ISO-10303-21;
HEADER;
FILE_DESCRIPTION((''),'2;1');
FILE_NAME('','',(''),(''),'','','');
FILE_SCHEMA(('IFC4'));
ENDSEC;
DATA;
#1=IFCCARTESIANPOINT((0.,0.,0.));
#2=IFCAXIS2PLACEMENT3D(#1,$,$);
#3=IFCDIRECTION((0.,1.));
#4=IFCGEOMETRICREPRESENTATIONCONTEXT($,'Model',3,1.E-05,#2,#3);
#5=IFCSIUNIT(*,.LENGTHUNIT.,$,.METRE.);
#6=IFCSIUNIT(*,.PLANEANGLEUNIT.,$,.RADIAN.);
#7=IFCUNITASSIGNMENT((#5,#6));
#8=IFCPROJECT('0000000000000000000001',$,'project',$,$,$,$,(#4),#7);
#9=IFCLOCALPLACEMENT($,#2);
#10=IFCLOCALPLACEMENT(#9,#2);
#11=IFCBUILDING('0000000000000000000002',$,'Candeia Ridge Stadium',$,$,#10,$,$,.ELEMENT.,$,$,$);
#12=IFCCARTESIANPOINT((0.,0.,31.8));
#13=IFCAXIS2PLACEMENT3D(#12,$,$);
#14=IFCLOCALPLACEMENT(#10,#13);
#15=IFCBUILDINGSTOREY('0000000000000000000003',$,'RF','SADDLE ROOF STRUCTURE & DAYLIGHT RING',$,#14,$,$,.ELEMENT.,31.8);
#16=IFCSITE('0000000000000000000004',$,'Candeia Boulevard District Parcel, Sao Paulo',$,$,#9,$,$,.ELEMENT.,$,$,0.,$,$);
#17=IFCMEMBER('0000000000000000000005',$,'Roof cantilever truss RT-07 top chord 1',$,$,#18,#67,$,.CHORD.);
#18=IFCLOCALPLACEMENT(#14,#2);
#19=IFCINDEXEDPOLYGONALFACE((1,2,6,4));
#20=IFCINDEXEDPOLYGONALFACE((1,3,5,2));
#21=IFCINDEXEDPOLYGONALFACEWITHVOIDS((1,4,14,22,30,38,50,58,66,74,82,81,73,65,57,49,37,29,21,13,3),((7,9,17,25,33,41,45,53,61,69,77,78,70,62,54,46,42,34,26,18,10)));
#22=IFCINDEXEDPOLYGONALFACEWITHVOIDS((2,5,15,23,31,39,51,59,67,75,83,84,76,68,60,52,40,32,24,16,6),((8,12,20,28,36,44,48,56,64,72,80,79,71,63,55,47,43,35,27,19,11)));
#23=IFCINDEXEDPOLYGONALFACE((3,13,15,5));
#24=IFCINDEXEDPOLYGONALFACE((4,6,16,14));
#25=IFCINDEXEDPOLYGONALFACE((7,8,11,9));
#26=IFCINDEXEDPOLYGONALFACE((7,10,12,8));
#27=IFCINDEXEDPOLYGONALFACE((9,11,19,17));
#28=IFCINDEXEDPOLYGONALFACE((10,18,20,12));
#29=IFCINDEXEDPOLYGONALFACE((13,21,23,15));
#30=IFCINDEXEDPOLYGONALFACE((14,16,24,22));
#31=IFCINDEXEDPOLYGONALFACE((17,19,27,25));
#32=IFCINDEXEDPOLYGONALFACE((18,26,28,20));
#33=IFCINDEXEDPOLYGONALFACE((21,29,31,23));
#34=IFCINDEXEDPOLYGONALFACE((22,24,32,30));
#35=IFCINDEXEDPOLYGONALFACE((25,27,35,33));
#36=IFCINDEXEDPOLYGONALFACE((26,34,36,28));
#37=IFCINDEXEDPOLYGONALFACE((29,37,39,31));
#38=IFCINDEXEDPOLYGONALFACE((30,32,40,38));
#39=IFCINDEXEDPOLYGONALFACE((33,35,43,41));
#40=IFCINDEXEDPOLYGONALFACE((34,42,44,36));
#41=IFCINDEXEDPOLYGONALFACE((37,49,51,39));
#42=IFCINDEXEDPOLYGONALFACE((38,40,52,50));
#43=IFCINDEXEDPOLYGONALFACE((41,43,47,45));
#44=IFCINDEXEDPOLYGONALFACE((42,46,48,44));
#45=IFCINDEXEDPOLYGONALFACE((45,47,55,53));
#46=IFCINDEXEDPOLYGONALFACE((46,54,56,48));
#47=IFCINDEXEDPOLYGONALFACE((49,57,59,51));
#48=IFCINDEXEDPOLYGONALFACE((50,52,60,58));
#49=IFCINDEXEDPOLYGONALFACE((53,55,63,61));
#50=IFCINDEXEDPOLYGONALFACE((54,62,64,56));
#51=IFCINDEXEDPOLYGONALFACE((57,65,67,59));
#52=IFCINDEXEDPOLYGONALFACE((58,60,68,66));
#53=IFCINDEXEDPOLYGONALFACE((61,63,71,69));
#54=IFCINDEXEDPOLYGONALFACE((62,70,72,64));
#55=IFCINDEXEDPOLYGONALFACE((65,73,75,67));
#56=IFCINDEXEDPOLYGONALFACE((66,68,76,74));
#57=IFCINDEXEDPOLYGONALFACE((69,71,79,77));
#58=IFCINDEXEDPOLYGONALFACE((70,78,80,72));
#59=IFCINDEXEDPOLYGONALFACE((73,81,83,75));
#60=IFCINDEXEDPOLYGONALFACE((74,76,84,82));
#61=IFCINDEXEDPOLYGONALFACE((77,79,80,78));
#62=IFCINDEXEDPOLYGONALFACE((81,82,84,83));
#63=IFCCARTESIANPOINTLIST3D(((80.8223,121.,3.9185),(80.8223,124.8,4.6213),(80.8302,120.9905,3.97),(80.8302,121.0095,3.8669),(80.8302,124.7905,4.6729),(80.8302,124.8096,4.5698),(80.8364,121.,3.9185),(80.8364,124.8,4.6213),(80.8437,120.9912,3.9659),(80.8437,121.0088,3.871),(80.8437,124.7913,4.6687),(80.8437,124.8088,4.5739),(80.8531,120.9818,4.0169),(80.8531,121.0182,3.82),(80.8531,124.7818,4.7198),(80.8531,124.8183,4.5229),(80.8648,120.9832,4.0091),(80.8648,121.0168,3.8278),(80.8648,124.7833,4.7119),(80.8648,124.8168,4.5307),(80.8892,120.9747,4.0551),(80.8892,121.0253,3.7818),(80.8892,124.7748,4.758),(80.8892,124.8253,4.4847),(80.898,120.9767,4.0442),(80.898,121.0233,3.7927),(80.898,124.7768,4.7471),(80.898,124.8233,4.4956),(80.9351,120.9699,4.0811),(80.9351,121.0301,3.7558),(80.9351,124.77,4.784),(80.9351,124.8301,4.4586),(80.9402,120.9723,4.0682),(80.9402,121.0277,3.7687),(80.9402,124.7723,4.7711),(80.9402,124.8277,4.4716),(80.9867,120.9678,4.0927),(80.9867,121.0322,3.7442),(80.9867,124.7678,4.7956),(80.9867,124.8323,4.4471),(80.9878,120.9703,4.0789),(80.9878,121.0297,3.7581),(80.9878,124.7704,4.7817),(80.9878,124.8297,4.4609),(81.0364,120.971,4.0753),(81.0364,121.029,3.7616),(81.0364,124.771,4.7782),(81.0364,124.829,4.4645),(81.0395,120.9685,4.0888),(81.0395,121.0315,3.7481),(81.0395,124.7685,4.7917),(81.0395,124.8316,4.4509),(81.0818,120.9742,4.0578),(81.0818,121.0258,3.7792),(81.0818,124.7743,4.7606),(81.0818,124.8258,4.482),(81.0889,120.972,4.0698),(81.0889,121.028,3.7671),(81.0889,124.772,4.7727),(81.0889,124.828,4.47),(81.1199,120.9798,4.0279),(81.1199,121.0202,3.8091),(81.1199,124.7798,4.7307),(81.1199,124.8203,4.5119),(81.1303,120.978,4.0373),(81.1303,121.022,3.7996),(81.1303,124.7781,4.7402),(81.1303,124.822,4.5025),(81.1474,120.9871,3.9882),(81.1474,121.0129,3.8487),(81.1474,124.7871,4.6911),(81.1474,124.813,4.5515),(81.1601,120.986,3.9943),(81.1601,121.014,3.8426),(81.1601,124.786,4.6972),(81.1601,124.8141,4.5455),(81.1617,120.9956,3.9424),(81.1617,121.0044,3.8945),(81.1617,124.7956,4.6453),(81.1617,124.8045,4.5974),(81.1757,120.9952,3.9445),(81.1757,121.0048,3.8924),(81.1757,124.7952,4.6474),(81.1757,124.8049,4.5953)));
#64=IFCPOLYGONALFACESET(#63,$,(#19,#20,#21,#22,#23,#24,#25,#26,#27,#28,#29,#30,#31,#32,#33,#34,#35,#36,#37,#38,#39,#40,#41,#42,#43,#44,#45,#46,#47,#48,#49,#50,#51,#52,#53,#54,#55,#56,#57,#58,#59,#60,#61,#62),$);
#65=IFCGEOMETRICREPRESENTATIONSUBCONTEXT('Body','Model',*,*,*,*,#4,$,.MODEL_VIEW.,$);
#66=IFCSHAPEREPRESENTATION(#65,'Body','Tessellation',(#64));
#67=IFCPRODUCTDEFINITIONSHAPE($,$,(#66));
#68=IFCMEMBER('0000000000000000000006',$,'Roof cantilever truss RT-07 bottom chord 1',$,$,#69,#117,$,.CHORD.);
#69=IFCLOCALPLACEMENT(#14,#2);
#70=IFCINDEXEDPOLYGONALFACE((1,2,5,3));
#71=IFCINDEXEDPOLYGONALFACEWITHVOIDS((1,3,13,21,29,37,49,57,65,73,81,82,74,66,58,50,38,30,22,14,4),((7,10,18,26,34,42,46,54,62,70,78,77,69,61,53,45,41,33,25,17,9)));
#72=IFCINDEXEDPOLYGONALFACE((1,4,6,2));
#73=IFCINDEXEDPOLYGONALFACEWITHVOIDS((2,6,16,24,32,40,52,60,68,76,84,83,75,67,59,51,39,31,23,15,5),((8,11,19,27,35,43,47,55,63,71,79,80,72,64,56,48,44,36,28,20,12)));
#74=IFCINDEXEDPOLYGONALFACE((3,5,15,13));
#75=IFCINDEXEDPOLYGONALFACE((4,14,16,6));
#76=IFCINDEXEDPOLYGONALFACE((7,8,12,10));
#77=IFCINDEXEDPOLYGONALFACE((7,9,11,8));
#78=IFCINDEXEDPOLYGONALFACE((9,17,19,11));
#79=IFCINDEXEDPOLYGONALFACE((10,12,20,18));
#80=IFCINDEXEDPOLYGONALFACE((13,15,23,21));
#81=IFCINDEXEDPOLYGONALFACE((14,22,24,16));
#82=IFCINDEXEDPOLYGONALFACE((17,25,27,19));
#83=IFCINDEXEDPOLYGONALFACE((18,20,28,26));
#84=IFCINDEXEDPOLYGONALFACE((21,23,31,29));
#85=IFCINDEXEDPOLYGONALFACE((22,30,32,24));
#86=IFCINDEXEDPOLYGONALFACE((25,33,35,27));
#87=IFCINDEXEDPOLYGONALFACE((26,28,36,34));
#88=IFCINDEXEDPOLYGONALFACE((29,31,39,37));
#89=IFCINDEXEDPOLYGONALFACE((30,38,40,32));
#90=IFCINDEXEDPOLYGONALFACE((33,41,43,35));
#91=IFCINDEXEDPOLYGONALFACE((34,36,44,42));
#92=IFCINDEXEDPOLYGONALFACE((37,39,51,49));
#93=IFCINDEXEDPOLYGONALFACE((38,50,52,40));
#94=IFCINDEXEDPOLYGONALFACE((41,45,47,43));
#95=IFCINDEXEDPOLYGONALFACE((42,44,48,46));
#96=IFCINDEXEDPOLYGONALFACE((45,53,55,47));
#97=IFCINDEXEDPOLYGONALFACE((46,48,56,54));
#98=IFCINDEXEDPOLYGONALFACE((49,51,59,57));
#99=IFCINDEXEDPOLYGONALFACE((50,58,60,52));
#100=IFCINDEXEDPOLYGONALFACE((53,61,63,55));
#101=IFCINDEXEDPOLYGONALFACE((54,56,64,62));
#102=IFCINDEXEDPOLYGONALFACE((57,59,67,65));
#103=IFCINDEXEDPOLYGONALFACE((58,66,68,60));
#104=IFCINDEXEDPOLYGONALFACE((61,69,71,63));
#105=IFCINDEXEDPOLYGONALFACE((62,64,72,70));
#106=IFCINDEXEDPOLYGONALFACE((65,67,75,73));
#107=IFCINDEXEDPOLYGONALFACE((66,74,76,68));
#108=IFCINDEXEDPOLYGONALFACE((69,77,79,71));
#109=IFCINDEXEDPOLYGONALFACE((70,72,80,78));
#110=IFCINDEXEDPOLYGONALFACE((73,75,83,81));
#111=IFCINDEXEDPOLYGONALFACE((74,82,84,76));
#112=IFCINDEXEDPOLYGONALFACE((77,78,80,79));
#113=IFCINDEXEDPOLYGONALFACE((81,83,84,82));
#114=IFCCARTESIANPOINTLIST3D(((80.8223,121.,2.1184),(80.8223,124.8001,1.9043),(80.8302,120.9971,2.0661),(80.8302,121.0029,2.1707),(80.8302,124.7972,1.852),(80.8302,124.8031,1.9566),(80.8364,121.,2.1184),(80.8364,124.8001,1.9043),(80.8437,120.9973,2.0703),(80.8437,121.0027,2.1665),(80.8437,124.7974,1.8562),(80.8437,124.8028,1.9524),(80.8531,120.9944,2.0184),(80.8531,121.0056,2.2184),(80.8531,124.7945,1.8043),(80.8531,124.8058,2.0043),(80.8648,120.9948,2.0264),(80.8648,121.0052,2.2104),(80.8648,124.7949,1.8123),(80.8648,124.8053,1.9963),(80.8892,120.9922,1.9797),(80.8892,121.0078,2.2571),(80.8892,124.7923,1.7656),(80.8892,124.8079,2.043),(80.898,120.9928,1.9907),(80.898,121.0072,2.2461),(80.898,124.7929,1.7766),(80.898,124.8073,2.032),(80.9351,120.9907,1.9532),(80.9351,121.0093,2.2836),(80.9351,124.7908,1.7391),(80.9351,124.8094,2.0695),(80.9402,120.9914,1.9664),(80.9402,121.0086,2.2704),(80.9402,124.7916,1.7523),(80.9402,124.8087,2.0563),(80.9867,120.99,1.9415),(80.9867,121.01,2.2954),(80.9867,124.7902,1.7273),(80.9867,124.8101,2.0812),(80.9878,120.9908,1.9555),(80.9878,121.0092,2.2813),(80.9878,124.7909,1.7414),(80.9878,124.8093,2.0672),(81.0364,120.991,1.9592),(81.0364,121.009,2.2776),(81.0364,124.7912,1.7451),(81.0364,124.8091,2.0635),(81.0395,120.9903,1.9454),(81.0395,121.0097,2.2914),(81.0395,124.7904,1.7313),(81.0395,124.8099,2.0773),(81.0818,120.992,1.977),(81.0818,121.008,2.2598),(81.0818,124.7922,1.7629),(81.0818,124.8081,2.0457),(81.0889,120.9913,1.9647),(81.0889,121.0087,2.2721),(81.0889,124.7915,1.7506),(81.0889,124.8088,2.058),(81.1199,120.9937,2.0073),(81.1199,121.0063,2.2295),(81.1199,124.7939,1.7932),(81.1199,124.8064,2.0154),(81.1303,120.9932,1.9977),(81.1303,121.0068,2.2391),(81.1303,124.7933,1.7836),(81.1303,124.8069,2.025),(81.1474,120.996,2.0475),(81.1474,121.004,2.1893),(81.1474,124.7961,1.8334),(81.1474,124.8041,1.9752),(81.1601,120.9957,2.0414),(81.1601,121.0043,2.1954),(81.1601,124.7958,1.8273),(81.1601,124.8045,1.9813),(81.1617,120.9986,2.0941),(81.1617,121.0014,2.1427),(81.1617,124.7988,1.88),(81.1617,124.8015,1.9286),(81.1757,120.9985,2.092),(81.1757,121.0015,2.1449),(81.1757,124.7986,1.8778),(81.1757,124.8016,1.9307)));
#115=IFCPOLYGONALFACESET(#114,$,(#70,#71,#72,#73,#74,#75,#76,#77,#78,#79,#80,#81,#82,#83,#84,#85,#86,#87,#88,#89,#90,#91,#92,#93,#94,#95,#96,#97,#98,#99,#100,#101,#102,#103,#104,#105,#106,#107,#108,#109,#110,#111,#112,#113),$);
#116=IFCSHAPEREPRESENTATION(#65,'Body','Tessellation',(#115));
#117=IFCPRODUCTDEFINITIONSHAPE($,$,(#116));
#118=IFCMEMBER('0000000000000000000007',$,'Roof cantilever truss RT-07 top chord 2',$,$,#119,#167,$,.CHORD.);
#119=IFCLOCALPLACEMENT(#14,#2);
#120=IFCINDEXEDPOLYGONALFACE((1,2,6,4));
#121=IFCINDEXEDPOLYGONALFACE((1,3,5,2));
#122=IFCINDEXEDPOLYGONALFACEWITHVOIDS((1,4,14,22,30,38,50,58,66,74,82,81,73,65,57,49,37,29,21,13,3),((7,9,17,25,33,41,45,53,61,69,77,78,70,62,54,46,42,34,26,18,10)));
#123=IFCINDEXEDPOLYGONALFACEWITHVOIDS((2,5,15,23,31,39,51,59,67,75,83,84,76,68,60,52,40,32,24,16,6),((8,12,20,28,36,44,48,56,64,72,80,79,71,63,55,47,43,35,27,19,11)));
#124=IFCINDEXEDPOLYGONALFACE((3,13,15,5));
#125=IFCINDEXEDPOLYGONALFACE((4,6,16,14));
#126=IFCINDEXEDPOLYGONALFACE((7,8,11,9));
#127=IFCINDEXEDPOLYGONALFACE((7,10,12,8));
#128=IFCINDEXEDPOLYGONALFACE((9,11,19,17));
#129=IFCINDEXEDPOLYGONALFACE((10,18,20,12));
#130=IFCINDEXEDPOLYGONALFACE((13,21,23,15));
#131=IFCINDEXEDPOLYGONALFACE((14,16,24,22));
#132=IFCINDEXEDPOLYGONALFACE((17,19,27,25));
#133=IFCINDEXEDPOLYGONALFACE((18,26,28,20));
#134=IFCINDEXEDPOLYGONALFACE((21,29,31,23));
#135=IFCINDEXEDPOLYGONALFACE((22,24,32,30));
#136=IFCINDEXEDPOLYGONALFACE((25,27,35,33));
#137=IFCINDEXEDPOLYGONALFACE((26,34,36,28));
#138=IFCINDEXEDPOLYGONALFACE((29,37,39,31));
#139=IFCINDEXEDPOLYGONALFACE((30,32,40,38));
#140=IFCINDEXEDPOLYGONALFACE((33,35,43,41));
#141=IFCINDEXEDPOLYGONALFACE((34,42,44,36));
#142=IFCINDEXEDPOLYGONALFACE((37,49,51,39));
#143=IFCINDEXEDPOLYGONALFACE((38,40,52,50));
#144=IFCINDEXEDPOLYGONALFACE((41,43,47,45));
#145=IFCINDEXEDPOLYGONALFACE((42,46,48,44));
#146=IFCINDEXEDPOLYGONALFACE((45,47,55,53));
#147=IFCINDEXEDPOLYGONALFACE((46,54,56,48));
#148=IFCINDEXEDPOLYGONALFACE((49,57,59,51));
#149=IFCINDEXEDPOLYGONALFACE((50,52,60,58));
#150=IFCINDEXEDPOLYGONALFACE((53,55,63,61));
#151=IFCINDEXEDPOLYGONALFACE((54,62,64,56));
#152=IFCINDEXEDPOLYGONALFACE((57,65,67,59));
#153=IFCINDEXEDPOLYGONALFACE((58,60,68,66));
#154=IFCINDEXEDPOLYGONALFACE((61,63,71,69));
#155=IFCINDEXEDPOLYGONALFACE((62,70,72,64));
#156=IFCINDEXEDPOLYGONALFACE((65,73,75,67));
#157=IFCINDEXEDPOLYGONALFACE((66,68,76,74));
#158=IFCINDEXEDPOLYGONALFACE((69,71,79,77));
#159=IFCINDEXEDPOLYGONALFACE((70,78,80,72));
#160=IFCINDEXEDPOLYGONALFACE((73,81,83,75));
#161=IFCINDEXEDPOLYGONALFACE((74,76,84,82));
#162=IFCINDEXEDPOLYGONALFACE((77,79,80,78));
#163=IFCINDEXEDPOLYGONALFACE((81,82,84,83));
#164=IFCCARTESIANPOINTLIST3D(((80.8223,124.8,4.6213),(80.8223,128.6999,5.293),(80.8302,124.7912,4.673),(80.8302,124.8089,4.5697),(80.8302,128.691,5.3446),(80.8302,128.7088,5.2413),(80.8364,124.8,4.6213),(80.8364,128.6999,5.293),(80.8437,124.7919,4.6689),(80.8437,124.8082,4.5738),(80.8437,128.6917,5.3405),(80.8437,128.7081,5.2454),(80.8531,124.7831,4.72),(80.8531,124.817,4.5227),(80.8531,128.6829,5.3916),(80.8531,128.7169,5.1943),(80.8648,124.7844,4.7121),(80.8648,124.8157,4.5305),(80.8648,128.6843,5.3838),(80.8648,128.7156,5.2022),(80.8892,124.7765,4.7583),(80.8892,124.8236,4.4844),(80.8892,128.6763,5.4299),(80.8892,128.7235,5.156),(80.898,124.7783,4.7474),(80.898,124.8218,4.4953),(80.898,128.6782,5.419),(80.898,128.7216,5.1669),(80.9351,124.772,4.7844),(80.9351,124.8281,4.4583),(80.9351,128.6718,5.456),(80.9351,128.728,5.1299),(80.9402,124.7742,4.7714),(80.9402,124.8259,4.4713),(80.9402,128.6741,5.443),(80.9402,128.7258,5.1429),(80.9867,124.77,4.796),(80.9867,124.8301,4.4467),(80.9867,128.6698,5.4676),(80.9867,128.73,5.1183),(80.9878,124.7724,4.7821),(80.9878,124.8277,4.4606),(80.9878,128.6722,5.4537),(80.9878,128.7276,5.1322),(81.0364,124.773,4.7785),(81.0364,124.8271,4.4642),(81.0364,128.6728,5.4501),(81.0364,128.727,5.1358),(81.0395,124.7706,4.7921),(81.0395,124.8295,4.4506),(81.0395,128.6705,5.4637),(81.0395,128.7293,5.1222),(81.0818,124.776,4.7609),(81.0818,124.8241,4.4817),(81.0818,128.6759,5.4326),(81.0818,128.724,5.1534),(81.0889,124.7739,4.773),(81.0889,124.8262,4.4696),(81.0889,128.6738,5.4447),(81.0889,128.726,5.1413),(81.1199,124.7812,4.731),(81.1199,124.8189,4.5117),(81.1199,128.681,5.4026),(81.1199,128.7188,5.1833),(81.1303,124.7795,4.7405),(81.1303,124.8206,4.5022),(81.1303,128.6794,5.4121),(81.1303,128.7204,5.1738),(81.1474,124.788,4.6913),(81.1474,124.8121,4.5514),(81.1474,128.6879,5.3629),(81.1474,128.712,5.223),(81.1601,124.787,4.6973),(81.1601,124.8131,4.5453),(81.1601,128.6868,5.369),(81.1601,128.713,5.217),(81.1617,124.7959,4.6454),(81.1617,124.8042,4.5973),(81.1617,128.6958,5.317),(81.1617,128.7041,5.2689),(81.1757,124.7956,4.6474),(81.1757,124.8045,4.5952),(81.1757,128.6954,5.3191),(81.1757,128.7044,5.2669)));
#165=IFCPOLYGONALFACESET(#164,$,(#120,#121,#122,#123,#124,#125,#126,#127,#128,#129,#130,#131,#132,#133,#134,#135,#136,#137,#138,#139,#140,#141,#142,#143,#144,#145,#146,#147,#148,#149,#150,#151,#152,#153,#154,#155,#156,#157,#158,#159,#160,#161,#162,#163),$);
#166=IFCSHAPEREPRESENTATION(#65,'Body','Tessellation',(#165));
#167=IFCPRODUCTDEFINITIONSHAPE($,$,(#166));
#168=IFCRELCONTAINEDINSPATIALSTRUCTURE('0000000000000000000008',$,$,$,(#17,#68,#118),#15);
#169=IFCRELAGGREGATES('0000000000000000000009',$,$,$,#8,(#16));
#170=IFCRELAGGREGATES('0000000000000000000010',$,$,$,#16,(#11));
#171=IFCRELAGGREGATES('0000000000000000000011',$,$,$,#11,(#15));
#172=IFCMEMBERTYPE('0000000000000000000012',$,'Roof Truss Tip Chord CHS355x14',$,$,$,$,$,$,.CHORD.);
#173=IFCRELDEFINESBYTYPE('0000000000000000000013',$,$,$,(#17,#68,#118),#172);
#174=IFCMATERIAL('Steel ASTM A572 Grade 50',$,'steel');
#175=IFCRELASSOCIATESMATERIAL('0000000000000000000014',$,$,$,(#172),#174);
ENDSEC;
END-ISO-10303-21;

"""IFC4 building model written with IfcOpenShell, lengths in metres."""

from ifc_helpers import new_model, si_unit, direction, frame, origin, origin_2d, place, context, subcontext, project, spatial, hollow_circle, extrude, material, material_profile, profile_set, type_object, element, save


model = new_model("IFC4")

# Units and contexts
model_context = context("Model", 3, precision=1e-05, world=origin(), true_north=direction((0.0, 1.0)))
body_context = subcontext(model_context, "Body", "Model", "MODEL_VIEW")
ifc_project = project(units=[si_unit("LENGTHUNIT", "METRE"), si_unit("PLANEANGLEUNIT", "RADIAN")], contexts=[model_context])

# Site, building, storey
site_placement = place(None, origin())
site = spatial("IfcSite", under=ifc_project, at=site_placement, Name="Candeia Boulevard District Parcel, Sao Paulo", CompositionType="ELEMENT", RefElevation=0.0)
building_placement = place(site_placement, origin())
building = spatial("IfcBuilding", under=site, at=building_placement, Name="Candeia Ridge Stadium", CompositionType="ELEMENT")
storey_placement = place(building_placement, frame((0.0, 0.0, 31.8)))
storey = spatial("IfcBuildingStorey", under=building, at=storey_placement, Name="RF", Description="SADDLE ROOF STRUCTURE & DAYLIGHT RING", CompositionType="ELEMENT", Elevation=31.8)

# Shared definitions
ifc_material_1 = material(Name="Steel ASTM A572 Grade 50", Category="steel")

# Members
ifc_material_profile_1 = material_profile(ifc_material_1, hollow_circle(Radius=0.1777, WallThickness=0.0142, at=origin_2d()), Name="CHS355x14", Category="steel")
ifc_profile_set_1 = profile_set([ifc_material_profile_1], Name="Steel ASTM A572 Grade 50")
member_type_1 = type_object("IfcMemberType", Name="Roof Truss Tip Chord CHS355x14", PredefinedType="CHORD", material=ifc_profile_set_1)
member_1_placement = place(storey_placement, frame((81.0, 121.0, 3.9185), z_axis=(0.0, 0.983321, 0.181881), x_axis=(-1.0, 0.0, 0.0)))
element("IfcMember", 1, at=member_1_placement, inside=storey, type_object=member_type_1, Name="Roof cantilever truss RT-07 top chord 1", PredefinedType="CHORD", context=body_context, shape_type="SweptSolid", body=[
    extrude(hollow_circle(Radius=0.1777, WallThickness=0.0142, at=origin_2d()), origin(), (0.0, 0.0, 1.0), 3.8645),
])
member_2_placement = place(storey_placement, frame((81.0, 121.0, 2.1184), z_axis=(0.0, 0.998416, -0.056255), x_axis=(-1.0, 0.0, 0.0)))
element("IfcMember", 2, at=member_2_placement, inside=storey, type_object=member_type_1, Name="Roof cantilever truss RT-07 bottom chord 1", PredefinedType="CHORD", context=body_context, shape_type="SweptSolid", body=[
    extrude(hollow_circle(Radius=0.1777, WallThickness=0.0142, at=origin_2d()), origin(), (0.0, 0.0, 1.0), 3.8062),
])
member_3_placement = place(storey_placement, frame((81.0, 124.8, 4.6213), z_axis=(0.0, 0.985493, 0.169719), x_axis=(-1.0, 0.0, 0.0)))
element("IfcMember", 3, at=member_3_placement, inside=storey, type_object=member_type_1, Name="Roof cantilever truss RT-07 top chord 2", PredefinedType="CHORD", context=body_context, shape_type="SweptSolid", body=[
    extrude(hollow_circle(Radius=0.1777, WallThickness=0.0142, at=origin_2d()), origin(), (0.0, 0.0, 1.0), 3.9573),
])

save(model, "model.ifc")
